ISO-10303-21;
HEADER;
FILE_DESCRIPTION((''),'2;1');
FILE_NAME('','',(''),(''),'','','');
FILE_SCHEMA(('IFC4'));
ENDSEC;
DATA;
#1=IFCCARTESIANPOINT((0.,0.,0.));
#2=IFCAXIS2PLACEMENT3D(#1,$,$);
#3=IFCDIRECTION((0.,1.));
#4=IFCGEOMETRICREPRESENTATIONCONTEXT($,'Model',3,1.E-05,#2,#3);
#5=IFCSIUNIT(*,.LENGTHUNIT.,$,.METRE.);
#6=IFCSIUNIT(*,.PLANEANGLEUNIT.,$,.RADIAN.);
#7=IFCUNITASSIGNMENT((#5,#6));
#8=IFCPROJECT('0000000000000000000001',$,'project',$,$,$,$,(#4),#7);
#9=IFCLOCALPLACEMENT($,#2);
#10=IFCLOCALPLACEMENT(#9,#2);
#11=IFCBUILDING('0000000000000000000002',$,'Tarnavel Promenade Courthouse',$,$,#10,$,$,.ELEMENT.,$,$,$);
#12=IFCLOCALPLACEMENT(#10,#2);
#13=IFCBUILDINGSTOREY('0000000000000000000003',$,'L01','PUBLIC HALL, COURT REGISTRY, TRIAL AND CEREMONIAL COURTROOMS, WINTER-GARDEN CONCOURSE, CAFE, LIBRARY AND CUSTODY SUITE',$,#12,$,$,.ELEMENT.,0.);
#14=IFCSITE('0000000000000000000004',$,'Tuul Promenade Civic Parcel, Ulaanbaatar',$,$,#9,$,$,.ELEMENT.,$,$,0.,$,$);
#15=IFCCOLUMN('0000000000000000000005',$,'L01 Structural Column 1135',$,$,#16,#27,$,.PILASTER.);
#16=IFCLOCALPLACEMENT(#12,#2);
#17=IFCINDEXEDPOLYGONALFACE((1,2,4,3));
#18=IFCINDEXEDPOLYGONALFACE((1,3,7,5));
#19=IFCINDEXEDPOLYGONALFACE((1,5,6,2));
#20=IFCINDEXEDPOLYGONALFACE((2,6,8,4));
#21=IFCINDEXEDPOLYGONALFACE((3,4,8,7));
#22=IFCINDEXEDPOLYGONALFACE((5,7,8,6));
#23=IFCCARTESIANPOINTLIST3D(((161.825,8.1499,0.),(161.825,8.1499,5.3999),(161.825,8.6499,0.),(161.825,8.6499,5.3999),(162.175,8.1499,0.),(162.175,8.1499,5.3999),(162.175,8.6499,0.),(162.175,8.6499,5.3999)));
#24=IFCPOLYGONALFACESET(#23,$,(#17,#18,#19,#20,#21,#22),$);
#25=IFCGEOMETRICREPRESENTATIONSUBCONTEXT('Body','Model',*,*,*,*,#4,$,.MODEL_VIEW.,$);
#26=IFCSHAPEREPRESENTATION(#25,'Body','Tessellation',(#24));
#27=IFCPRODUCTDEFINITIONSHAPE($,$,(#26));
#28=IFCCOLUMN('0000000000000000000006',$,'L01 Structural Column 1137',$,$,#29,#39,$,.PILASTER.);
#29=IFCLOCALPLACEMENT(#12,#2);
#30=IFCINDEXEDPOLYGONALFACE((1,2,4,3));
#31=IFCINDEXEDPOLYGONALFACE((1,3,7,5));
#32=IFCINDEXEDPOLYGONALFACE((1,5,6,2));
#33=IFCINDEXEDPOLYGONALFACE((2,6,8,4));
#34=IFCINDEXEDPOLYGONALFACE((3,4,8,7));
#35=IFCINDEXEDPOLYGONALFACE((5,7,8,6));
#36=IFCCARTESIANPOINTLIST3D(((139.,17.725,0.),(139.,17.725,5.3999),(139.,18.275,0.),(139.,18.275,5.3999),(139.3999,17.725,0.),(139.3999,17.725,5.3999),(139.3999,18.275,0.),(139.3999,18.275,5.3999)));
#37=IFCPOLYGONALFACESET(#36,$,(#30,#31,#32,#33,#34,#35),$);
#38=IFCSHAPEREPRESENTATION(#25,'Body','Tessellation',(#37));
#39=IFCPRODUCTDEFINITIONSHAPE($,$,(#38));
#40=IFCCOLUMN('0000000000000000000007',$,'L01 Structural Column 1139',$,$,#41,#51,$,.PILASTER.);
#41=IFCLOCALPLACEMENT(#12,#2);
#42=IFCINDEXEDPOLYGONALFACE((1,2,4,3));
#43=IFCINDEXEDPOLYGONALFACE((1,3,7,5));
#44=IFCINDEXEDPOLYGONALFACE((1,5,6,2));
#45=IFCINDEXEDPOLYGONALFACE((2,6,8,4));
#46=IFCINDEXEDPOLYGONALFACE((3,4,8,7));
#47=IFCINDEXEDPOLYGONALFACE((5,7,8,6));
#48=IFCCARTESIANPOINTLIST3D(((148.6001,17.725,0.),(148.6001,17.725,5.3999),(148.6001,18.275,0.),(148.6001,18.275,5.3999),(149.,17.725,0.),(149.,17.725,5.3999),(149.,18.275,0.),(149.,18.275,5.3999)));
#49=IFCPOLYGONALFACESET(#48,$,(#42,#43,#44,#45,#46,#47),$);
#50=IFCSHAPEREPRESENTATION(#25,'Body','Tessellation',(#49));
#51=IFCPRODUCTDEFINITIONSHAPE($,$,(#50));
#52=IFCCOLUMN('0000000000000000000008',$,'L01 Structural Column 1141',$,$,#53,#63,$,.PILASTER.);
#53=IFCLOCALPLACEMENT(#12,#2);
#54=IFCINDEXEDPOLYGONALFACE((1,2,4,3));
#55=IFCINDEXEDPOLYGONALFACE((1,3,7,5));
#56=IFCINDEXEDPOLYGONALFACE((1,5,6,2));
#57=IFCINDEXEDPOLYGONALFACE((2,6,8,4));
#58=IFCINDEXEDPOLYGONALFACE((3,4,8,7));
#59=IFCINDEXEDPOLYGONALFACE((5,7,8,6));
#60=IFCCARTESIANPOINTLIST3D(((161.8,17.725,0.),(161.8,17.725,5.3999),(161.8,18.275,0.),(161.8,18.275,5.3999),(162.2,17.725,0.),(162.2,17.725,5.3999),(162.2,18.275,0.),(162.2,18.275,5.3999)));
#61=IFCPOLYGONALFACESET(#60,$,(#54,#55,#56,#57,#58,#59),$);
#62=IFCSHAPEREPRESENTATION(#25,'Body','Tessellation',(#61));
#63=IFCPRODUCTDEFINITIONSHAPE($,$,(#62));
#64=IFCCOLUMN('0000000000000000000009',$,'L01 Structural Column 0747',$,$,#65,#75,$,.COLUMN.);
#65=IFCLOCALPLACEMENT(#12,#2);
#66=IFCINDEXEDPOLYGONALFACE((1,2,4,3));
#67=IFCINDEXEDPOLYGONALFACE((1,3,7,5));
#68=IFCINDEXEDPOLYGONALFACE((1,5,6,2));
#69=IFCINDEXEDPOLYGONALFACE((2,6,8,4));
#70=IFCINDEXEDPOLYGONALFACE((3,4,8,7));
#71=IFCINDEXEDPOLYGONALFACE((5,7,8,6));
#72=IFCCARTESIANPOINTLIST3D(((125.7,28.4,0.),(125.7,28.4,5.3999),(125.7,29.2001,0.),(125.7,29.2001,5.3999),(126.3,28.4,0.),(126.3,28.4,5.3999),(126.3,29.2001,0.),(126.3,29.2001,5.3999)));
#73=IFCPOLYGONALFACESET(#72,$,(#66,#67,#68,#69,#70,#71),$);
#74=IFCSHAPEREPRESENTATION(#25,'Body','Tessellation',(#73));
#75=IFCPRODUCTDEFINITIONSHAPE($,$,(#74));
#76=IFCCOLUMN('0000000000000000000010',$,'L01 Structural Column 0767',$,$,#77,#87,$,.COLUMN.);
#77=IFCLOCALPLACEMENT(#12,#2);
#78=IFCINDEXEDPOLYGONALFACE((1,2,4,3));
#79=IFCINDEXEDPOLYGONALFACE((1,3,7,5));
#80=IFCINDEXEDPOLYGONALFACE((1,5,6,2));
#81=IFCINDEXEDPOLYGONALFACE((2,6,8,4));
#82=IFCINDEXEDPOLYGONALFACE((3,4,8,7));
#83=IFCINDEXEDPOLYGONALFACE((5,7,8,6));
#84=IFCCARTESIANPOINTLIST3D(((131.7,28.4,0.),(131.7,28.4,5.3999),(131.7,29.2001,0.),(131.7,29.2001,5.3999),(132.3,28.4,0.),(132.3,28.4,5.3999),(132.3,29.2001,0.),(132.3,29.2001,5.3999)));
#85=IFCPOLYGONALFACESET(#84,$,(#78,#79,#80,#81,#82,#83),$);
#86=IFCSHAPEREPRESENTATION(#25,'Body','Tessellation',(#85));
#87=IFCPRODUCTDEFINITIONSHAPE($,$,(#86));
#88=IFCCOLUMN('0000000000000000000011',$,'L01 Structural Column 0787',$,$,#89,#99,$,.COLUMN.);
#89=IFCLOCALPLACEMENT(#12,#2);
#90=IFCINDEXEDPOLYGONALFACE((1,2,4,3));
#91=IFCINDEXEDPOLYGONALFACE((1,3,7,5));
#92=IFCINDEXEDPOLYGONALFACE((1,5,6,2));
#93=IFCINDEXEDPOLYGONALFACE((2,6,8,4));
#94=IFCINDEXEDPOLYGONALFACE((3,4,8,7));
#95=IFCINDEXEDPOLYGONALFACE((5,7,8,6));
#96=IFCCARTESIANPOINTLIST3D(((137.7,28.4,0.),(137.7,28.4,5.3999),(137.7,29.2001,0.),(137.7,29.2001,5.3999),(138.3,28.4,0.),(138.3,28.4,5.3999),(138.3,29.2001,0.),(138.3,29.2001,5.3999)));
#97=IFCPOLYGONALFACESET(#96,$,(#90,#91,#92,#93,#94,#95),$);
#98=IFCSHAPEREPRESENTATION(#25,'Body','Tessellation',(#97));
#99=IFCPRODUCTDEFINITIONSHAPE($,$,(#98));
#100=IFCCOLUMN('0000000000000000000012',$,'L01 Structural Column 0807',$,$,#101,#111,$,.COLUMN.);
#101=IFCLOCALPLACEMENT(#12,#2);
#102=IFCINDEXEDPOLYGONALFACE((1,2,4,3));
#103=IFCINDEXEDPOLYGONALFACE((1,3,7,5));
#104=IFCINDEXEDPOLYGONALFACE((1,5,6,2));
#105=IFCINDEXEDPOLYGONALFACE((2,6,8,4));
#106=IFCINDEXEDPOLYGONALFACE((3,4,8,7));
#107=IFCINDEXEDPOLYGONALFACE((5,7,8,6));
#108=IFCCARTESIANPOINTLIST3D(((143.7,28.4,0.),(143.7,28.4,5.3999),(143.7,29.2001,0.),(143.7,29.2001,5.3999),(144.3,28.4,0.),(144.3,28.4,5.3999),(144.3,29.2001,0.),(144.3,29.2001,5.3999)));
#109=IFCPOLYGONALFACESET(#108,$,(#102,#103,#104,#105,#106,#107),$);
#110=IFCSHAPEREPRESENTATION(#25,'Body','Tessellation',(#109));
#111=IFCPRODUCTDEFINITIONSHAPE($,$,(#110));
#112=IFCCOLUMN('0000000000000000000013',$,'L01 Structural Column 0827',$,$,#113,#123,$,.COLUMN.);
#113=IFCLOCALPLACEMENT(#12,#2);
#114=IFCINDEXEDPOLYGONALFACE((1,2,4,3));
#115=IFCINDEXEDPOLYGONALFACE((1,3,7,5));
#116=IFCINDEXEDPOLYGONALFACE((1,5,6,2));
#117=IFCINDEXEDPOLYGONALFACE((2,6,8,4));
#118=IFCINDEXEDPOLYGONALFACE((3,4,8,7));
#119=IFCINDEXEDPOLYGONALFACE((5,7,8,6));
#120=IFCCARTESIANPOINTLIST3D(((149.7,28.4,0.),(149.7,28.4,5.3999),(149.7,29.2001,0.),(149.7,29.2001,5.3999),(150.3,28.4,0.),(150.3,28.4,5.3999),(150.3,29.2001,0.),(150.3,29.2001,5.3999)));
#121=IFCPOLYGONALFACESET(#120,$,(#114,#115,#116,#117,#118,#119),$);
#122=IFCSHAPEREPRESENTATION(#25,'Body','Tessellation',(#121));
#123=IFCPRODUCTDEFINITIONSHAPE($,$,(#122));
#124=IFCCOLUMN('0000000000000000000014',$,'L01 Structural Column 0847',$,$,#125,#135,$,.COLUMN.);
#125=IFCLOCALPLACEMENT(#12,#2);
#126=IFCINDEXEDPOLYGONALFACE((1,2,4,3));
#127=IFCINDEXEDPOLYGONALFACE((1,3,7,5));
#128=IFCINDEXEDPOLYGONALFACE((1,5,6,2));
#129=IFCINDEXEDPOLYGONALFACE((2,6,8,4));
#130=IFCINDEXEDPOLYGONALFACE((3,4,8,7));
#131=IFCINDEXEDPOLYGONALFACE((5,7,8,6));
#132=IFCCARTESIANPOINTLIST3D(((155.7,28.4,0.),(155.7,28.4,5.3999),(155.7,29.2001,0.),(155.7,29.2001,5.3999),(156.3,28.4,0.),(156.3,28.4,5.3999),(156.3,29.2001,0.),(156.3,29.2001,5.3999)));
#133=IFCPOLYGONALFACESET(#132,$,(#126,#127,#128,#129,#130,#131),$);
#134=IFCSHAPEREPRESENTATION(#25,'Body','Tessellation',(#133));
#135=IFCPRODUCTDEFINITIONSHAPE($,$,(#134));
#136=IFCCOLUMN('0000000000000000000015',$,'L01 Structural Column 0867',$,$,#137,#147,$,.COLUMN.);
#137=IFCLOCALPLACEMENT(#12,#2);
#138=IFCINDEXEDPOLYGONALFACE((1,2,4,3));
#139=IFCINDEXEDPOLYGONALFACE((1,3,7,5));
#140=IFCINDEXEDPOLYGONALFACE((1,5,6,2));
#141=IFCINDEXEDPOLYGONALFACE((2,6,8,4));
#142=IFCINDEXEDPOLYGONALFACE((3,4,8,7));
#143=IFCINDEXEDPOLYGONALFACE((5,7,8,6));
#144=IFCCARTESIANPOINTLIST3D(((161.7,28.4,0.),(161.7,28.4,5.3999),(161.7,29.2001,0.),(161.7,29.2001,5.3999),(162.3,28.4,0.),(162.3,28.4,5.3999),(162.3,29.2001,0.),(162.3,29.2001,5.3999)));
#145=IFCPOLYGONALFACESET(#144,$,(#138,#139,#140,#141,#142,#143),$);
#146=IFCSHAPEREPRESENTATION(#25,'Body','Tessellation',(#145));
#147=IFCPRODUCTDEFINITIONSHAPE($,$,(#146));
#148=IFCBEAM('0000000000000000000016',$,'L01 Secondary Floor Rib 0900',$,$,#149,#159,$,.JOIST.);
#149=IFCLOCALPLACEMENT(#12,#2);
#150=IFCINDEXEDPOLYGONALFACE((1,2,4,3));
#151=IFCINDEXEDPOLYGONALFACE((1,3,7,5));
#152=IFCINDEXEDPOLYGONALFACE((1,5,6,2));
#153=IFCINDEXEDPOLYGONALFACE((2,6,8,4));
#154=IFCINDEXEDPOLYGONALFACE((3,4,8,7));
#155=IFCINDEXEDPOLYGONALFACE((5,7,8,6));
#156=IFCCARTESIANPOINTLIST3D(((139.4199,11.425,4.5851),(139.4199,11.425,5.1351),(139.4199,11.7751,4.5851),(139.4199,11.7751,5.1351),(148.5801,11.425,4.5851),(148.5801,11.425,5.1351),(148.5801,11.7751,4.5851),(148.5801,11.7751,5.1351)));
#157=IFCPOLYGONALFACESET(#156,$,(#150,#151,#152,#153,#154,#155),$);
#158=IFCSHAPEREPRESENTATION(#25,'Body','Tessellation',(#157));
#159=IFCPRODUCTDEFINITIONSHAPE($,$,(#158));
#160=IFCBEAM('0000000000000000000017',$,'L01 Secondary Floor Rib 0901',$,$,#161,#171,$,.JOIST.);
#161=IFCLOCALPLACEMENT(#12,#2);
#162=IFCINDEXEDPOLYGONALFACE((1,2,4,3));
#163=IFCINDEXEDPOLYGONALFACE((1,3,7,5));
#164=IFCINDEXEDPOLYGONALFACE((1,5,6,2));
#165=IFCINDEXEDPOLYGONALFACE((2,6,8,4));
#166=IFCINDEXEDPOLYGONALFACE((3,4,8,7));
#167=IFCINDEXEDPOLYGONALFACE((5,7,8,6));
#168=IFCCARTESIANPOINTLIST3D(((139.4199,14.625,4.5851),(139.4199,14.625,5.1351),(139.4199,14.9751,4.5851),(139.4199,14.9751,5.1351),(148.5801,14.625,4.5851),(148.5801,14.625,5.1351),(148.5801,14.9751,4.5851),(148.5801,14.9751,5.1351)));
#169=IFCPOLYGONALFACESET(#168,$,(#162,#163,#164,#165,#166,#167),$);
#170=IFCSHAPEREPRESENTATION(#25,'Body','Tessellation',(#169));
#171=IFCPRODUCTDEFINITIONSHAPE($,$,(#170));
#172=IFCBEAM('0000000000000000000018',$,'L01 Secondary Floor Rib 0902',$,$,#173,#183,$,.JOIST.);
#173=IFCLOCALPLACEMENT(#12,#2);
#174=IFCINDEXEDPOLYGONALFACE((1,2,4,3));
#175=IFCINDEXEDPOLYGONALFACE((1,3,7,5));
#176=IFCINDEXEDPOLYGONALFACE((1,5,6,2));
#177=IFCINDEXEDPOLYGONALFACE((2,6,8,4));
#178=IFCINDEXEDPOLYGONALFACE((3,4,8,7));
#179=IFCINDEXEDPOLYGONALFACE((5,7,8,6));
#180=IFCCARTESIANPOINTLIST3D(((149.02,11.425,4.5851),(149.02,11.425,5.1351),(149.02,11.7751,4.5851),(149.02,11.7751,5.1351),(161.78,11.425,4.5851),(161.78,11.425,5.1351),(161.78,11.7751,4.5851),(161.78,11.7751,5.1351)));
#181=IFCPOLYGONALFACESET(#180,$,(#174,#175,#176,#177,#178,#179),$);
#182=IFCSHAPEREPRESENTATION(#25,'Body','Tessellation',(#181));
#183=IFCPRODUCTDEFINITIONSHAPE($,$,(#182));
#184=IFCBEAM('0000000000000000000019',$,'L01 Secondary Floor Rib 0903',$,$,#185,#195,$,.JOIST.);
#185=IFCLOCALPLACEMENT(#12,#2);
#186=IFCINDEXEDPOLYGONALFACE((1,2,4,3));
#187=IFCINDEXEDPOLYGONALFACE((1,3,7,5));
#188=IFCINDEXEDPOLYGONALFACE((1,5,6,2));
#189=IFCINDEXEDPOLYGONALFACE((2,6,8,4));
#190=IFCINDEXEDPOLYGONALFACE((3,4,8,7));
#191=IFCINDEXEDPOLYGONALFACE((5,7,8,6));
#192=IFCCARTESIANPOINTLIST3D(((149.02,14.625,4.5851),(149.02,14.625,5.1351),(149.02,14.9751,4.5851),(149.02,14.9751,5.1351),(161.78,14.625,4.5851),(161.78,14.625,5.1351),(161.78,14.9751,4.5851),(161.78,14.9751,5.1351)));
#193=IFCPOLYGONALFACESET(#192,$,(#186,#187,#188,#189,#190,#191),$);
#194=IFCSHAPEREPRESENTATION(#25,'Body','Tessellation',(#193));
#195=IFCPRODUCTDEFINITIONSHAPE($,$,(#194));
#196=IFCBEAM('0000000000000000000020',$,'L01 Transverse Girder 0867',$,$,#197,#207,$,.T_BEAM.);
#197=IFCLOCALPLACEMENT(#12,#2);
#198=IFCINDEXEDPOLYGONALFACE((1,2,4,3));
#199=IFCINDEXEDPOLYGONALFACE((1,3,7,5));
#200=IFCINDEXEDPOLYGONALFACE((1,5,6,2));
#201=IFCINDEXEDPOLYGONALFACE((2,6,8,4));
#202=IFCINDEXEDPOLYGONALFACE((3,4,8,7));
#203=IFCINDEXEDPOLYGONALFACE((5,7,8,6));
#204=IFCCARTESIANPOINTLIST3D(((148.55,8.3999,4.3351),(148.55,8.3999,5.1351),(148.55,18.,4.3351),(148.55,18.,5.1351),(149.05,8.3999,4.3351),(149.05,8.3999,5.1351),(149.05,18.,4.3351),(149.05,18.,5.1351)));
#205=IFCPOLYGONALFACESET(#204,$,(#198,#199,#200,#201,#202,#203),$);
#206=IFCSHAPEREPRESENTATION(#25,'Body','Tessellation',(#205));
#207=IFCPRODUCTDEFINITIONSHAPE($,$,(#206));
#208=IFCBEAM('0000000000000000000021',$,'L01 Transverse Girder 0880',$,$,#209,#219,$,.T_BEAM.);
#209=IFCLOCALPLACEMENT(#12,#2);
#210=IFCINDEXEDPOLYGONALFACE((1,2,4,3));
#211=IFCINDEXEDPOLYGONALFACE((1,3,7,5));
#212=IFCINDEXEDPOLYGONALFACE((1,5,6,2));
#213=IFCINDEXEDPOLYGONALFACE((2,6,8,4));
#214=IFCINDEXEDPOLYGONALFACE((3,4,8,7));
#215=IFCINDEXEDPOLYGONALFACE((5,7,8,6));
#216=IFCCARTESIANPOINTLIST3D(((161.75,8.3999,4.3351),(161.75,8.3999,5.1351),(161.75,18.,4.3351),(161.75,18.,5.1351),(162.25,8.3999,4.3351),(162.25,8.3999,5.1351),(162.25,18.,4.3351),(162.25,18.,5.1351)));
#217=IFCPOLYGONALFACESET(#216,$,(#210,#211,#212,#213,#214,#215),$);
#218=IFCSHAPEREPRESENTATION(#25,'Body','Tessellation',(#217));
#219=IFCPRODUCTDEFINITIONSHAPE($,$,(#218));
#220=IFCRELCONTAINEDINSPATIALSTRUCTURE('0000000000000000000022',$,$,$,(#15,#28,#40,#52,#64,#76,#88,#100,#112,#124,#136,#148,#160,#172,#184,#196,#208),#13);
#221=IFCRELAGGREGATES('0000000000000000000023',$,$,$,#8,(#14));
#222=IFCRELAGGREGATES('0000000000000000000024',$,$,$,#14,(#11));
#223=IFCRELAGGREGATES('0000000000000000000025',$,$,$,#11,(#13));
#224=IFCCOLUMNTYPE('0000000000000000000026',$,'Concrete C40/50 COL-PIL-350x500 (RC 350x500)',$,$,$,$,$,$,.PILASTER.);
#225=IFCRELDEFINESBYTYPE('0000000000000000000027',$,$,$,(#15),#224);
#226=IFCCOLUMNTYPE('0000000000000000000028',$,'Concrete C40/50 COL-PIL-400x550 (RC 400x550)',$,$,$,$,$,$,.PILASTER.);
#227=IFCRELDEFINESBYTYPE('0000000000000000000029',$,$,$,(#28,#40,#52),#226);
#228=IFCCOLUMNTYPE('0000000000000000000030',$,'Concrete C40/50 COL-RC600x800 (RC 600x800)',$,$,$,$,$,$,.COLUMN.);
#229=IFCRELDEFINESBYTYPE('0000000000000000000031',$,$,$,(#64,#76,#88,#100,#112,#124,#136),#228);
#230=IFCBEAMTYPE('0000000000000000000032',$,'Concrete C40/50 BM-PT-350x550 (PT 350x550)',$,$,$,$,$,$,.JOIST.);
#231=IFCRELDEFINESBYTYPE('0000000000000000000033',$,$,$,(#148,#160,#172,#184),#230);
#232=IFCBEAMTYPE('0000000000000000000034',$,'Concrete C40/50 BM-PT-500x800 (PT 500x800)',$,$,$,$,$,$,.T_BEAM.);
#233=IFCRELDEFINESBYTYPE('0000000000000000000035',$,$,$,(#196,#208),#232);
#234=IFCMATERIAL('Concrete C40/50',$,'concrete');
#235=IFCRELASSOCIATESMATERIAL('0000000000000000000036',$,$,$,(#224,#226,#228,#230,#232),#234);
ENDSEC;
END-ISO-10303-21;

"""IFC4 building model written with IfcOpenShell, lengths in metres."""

from ifc_helpers import new_model, si_unit, direction, frame, origin, origin_2d, place, context, subcontext, project, spatial, rectangle, extrude, material, material_profile, profile_set, type_object, element, save


model = new_model("IFC4")

# Units and contexts
model_context = context("Model", 3, precision=1e-05, world=origin(), true_north=direction((0.0, 1.0)))
body_context = subcontext(model_context, "Body", "Model", "MODEL_VIEW")
ifc_project = project(units=[si_unit("LENGTHUNIT", "METRE"), si_unit("PLANEANGLEUNIT", "RADIAN")], contexts=[model_context])

# Site, building, storey
site_placement = place(None, origin())
site = spatial("IfcSite", under=ifc_project, at=site_placement, Name="Tuul Promenade Civic Parcel, Ulaanbaatar", CompositionType="ELEMENT", RefElevation=0.0)
building_placement = place(site_placement, origin())
building = spatial("IfcBuilding", under=site, at=building_placement, Name="Tarnavel Promenade Courthouse", CompositionType="ELEMENT")
storey_placement = place(building_placement, origin())
storey = spatial("IfcBuildingStorey", under=building, at=storey_placement, Name="L01", Description="PUBLIC HALL, COURT REGISTRY, TRIAL AND CEREMONIAL COURTROOMS, WINTER-GARDEN CONCOURSE, CAFE, LIBRARY AND CUSTODY SUITE", CompositionType="ELEMENT", Elevation=0.0)

# Columns
ifc_material_1 = material(Name="Concrete C40/50", Category="concrete")
ifc_material_profile_1 = material_profile(ifc_material_1, rectangle(XDim=0.3501, YDim=0.5, at=origin_2d()), Name="RC 350x500")
ifc_profile_set_1 = profile_set([ifc_material_profile_1], Name="Concrete C40/50")
column_type_1 = type_object("IfcColumnType", Name="Concrete C40/50 COL-PIL-350x500 (RC 350x500)", PredefinedType="PILASTER", material=ifc_profile_set_1)
column_placement = place(storey_placement, frame((162.0, 8.3999, 0.0), z_axis=(0.0, 0.0, 1.0), x_axis=(1.0, 0.0, 0.0)))
element("IfcColumn", 1, at=column_placement, inside=storey, type_object=column_type_1, Name="L01 Structural Column 1135", PredefinedType="PILASTER", context=body_context, shape_type="SweptSolid", body=[
    extrude(rectangle(XDim=0.3501, YDim=0.5, at=origin_2d()), origin(), (0.0, 0.0, 1.0), 5.3999),
])
ifc_material_profile_2 = material_profile(ifc_material_1, rectangle(XDim=0.3999, YDim=0.55, at=origin_2d()), Name="RC 400x550")
ifc_profile_set_2 = profile_set([ifc_material_profile_2], Name="Concrete C40/50")
column_type_2 = type_object("IfcColumnType", Name="Concrete C40/50 COL-PIL-400x550 (RC 400x550)", PredefinedType="PILASTER", material=ifc_profile_set_2)
for number, where, z_axis, x_axis, name in (
    (2, (139.2, 18.0, 0.0), (0.0, 0.0, 1.0), (1.0, 0.0, 0.0), "L01 Structural Column 1137"),
    (3, (148.8, 18.0, 0.0), (0.0, 0.0, 1.0), (1.0, 0.0, 0.0), "L01 Structural Column 1139"),
    (4, (162.0, 18.0, 0.0), (0.0, 0.0, 1.0), (1.0, 0.0, 0.0), "L01 Structural Column 1141"),
):
    element("IfcColumn", number, at=place(storey_placement, frame(where, z_axis=z_axis, x_axis=x_axis)), inside=storey, type_object=column_type_2, Name=name, PredefinedType="PILASTER", context=body_context, shape_type="SweptSolid", body=[
        extrude(rectangle(XDim=0.3999, YDim=0.55, at=origin_2d()), origin(), (0.0, 0.0, 1.0), 5.3999),
    ])
ifc_material_profile_3 = material_profile(ifc_material_1, rectangle(XDim=0.6001, YDim=0.8, at=origin_2d()), Name="RC 600x800")
ifc_profile_set_3 = profile_set([ifc_material_profile_3], Name="Concrete C40/50")
column_type_3 = type_object("IfcColumnType", Name="Concrete C40/50 COL-RC600x800 (RC 600x800)", PredefinedType="COLUMN", material=ifc_profile_set_3)
for number, where, z_axis, x_axis, name in (
    (5, (126.0, 28.8, 0.0), (0.0, 0.0, 1.0), (1.0, 0.0, 0.0), "L01 Structural Column 0747"),
    (6, (132.0, 28.8, 0.0), (0.0, 0.0, 1.0), (1.0, 0.0, 0.0), "L01 Structural Column 0767"),
    (7, (138.0, 28.8, 0.0), (0.0, 0.0, 1.0), (1.0, 0.0, 0.0), "L01 Structural Column 0787"),
    (8, (144.0, 28.8, 0.0), (0.0, 0.0, 1.0), (1.0, 0.0, 0.0), "L01 Structural Column 0807"),
    (9, (150.0, 28.8, 0.0), (0.0, 0.0, 1.0), (1.0, 0.0, 0.0), "L01 Structural Column 0827"),
    (10, (156.0, 28.8, 0.0), (0.0, 0.0, 1.0), (1.0, 0.0, 0.0), "L01 Structural Column 0847"),
    (11, (162.0, 28.8, 0.0), (0.0, 0.0, 1.0), (1.0, 0.0, 0.0), "L01 Structural Column 0867"),
):
    element("IfcColumn", number, at=place(storey_placement, frame(where, z_axis=z_axis, x_axis=x_axis)), inside=storey, type_object=column_type_3, Name=name, PredefinedType="COLUMN", context=body_context, shape_type="SweptSolid", body=[
        extrude(rectangle(XDim=0.6001, YDim=0.8, at=origin_2d()), origin(), (0.0, 0.0, 1.0), 5.3999),
    ])

# Beams
ifc_material_profile_4 = material_profile(ifc_material_1, rectangle(XDim=0.3501, YDim=0.55, at=origin_2d()), Name="PT 350x550")
ifc_profile_set_4 = profile_set([ifc_material_profile_4], Name="Concrete C40/50")
beam_type_1 = type_object("IfcBeamType", Name="Concrete C40/50 BM-PT-350x550 (PT 350x550)", PredefinedType="JOIST", material=ifc_profile_set_4)
for number, where, z_axis, x_axis, name in (
    (12, (139.4199, 11.6001, 4.8601), (1.0, 0.0, 0.0), (0.0, 1.0, 0.0), "L01 Secondary Floor Rib 0900"),
    (13, (139.4199, 14.8, 4.8601), (1.0, 0.0, 0.0), (0.0, 1.0, 0.0), "L01 Secondary Floor Rib 0901"),
):
    element("IfcBeam", number, at=place(storey_placement, frame(where, z_axis=z_axis, x_axis=x_axis)), inside=storey, type_object=beam_type_1, Name=name, PredefinedType="JOIST", context=body_context, shape_type="SweptSolid", body=[
        extrude(rectangle(XDim=0.3501, YDim=0.55, at=origin_2d()), origin(), (0.0, 0.0, 1.0), 9.1602),
    ])
for number, where, z_axis, x_axis, name in (
    (14, (149.02, 11.6001, 4.8601), (1.0, 0.0, 0.0), (0.0, 1.0, 0.0), "L01 Secondary Floor Rib 0902"),
    (15, (149.02, 14.8, 4.8601), (1.0, 0.0, 0.0), (0.0, 1.0, 0.0), "L01 Secondary Floor Rib 0903"),
):
    element("IfcBeam", number, at=place(storey_placement, frame(where, z_axis=z_axis, x_axis=x_axis)), inside=storey, type_object=beam_type_1, Name=name, PredefinedType="JOIST", context=body_context, shape_type="SweptSolid", body=[
        extrude(rectangle(XDim=0.3501, YDim=0.55, at=origin_2d()), origin(), (0.0, 0.0, 1.0), 12.76),
    ])
ifc_material_profile_5 = material_profile(ifc_material_1, rectangle(XDim=0.5, YDim=0.8, at=origin_2d()), Name="PT 500x800")
ifc_profile_set_5 = profile_set([ifc_material_profile_5], Name="Concrete C40/50")
beam_type_2 = type_object("IfcBeamType", Name="Concrete C40/50 BM-PT-500x800 (PT 500x800)", PredefinedType="T_BEAM", material=ifc_profile_set_5)
for number, where, z_axis, x_axis, name in (
    (16, (148.8, 8.3999, 4.7351), (0.0, 1.0, 0.0), (-1.0, 0.0, 0.0), "L01 Transverse Girder 0867"),
    (17, (162.0, 8.3999, 4.7351), (0.0, 1.0, 0.0), (-1.0, 0.0, 0.0), "L01 Transverse Girder 0880"),
):
    element("IfcBeam", number, at=place(storey_placement, frame(where, z_axis=z_axis, x_axis=x_axis)), inside=storey, type_object=beam_type_2, Name=name, PredefinedType="T_BEAM", context=body_context, shape_type="SweptSolid", body=[
        extrude(rectangle(XDim=0.5, YDim=0.8, at=origin_2d()), origin(), (0.0, 0.0, 1.0), 9.6001),
    ])

save(model, "model.ifc")
